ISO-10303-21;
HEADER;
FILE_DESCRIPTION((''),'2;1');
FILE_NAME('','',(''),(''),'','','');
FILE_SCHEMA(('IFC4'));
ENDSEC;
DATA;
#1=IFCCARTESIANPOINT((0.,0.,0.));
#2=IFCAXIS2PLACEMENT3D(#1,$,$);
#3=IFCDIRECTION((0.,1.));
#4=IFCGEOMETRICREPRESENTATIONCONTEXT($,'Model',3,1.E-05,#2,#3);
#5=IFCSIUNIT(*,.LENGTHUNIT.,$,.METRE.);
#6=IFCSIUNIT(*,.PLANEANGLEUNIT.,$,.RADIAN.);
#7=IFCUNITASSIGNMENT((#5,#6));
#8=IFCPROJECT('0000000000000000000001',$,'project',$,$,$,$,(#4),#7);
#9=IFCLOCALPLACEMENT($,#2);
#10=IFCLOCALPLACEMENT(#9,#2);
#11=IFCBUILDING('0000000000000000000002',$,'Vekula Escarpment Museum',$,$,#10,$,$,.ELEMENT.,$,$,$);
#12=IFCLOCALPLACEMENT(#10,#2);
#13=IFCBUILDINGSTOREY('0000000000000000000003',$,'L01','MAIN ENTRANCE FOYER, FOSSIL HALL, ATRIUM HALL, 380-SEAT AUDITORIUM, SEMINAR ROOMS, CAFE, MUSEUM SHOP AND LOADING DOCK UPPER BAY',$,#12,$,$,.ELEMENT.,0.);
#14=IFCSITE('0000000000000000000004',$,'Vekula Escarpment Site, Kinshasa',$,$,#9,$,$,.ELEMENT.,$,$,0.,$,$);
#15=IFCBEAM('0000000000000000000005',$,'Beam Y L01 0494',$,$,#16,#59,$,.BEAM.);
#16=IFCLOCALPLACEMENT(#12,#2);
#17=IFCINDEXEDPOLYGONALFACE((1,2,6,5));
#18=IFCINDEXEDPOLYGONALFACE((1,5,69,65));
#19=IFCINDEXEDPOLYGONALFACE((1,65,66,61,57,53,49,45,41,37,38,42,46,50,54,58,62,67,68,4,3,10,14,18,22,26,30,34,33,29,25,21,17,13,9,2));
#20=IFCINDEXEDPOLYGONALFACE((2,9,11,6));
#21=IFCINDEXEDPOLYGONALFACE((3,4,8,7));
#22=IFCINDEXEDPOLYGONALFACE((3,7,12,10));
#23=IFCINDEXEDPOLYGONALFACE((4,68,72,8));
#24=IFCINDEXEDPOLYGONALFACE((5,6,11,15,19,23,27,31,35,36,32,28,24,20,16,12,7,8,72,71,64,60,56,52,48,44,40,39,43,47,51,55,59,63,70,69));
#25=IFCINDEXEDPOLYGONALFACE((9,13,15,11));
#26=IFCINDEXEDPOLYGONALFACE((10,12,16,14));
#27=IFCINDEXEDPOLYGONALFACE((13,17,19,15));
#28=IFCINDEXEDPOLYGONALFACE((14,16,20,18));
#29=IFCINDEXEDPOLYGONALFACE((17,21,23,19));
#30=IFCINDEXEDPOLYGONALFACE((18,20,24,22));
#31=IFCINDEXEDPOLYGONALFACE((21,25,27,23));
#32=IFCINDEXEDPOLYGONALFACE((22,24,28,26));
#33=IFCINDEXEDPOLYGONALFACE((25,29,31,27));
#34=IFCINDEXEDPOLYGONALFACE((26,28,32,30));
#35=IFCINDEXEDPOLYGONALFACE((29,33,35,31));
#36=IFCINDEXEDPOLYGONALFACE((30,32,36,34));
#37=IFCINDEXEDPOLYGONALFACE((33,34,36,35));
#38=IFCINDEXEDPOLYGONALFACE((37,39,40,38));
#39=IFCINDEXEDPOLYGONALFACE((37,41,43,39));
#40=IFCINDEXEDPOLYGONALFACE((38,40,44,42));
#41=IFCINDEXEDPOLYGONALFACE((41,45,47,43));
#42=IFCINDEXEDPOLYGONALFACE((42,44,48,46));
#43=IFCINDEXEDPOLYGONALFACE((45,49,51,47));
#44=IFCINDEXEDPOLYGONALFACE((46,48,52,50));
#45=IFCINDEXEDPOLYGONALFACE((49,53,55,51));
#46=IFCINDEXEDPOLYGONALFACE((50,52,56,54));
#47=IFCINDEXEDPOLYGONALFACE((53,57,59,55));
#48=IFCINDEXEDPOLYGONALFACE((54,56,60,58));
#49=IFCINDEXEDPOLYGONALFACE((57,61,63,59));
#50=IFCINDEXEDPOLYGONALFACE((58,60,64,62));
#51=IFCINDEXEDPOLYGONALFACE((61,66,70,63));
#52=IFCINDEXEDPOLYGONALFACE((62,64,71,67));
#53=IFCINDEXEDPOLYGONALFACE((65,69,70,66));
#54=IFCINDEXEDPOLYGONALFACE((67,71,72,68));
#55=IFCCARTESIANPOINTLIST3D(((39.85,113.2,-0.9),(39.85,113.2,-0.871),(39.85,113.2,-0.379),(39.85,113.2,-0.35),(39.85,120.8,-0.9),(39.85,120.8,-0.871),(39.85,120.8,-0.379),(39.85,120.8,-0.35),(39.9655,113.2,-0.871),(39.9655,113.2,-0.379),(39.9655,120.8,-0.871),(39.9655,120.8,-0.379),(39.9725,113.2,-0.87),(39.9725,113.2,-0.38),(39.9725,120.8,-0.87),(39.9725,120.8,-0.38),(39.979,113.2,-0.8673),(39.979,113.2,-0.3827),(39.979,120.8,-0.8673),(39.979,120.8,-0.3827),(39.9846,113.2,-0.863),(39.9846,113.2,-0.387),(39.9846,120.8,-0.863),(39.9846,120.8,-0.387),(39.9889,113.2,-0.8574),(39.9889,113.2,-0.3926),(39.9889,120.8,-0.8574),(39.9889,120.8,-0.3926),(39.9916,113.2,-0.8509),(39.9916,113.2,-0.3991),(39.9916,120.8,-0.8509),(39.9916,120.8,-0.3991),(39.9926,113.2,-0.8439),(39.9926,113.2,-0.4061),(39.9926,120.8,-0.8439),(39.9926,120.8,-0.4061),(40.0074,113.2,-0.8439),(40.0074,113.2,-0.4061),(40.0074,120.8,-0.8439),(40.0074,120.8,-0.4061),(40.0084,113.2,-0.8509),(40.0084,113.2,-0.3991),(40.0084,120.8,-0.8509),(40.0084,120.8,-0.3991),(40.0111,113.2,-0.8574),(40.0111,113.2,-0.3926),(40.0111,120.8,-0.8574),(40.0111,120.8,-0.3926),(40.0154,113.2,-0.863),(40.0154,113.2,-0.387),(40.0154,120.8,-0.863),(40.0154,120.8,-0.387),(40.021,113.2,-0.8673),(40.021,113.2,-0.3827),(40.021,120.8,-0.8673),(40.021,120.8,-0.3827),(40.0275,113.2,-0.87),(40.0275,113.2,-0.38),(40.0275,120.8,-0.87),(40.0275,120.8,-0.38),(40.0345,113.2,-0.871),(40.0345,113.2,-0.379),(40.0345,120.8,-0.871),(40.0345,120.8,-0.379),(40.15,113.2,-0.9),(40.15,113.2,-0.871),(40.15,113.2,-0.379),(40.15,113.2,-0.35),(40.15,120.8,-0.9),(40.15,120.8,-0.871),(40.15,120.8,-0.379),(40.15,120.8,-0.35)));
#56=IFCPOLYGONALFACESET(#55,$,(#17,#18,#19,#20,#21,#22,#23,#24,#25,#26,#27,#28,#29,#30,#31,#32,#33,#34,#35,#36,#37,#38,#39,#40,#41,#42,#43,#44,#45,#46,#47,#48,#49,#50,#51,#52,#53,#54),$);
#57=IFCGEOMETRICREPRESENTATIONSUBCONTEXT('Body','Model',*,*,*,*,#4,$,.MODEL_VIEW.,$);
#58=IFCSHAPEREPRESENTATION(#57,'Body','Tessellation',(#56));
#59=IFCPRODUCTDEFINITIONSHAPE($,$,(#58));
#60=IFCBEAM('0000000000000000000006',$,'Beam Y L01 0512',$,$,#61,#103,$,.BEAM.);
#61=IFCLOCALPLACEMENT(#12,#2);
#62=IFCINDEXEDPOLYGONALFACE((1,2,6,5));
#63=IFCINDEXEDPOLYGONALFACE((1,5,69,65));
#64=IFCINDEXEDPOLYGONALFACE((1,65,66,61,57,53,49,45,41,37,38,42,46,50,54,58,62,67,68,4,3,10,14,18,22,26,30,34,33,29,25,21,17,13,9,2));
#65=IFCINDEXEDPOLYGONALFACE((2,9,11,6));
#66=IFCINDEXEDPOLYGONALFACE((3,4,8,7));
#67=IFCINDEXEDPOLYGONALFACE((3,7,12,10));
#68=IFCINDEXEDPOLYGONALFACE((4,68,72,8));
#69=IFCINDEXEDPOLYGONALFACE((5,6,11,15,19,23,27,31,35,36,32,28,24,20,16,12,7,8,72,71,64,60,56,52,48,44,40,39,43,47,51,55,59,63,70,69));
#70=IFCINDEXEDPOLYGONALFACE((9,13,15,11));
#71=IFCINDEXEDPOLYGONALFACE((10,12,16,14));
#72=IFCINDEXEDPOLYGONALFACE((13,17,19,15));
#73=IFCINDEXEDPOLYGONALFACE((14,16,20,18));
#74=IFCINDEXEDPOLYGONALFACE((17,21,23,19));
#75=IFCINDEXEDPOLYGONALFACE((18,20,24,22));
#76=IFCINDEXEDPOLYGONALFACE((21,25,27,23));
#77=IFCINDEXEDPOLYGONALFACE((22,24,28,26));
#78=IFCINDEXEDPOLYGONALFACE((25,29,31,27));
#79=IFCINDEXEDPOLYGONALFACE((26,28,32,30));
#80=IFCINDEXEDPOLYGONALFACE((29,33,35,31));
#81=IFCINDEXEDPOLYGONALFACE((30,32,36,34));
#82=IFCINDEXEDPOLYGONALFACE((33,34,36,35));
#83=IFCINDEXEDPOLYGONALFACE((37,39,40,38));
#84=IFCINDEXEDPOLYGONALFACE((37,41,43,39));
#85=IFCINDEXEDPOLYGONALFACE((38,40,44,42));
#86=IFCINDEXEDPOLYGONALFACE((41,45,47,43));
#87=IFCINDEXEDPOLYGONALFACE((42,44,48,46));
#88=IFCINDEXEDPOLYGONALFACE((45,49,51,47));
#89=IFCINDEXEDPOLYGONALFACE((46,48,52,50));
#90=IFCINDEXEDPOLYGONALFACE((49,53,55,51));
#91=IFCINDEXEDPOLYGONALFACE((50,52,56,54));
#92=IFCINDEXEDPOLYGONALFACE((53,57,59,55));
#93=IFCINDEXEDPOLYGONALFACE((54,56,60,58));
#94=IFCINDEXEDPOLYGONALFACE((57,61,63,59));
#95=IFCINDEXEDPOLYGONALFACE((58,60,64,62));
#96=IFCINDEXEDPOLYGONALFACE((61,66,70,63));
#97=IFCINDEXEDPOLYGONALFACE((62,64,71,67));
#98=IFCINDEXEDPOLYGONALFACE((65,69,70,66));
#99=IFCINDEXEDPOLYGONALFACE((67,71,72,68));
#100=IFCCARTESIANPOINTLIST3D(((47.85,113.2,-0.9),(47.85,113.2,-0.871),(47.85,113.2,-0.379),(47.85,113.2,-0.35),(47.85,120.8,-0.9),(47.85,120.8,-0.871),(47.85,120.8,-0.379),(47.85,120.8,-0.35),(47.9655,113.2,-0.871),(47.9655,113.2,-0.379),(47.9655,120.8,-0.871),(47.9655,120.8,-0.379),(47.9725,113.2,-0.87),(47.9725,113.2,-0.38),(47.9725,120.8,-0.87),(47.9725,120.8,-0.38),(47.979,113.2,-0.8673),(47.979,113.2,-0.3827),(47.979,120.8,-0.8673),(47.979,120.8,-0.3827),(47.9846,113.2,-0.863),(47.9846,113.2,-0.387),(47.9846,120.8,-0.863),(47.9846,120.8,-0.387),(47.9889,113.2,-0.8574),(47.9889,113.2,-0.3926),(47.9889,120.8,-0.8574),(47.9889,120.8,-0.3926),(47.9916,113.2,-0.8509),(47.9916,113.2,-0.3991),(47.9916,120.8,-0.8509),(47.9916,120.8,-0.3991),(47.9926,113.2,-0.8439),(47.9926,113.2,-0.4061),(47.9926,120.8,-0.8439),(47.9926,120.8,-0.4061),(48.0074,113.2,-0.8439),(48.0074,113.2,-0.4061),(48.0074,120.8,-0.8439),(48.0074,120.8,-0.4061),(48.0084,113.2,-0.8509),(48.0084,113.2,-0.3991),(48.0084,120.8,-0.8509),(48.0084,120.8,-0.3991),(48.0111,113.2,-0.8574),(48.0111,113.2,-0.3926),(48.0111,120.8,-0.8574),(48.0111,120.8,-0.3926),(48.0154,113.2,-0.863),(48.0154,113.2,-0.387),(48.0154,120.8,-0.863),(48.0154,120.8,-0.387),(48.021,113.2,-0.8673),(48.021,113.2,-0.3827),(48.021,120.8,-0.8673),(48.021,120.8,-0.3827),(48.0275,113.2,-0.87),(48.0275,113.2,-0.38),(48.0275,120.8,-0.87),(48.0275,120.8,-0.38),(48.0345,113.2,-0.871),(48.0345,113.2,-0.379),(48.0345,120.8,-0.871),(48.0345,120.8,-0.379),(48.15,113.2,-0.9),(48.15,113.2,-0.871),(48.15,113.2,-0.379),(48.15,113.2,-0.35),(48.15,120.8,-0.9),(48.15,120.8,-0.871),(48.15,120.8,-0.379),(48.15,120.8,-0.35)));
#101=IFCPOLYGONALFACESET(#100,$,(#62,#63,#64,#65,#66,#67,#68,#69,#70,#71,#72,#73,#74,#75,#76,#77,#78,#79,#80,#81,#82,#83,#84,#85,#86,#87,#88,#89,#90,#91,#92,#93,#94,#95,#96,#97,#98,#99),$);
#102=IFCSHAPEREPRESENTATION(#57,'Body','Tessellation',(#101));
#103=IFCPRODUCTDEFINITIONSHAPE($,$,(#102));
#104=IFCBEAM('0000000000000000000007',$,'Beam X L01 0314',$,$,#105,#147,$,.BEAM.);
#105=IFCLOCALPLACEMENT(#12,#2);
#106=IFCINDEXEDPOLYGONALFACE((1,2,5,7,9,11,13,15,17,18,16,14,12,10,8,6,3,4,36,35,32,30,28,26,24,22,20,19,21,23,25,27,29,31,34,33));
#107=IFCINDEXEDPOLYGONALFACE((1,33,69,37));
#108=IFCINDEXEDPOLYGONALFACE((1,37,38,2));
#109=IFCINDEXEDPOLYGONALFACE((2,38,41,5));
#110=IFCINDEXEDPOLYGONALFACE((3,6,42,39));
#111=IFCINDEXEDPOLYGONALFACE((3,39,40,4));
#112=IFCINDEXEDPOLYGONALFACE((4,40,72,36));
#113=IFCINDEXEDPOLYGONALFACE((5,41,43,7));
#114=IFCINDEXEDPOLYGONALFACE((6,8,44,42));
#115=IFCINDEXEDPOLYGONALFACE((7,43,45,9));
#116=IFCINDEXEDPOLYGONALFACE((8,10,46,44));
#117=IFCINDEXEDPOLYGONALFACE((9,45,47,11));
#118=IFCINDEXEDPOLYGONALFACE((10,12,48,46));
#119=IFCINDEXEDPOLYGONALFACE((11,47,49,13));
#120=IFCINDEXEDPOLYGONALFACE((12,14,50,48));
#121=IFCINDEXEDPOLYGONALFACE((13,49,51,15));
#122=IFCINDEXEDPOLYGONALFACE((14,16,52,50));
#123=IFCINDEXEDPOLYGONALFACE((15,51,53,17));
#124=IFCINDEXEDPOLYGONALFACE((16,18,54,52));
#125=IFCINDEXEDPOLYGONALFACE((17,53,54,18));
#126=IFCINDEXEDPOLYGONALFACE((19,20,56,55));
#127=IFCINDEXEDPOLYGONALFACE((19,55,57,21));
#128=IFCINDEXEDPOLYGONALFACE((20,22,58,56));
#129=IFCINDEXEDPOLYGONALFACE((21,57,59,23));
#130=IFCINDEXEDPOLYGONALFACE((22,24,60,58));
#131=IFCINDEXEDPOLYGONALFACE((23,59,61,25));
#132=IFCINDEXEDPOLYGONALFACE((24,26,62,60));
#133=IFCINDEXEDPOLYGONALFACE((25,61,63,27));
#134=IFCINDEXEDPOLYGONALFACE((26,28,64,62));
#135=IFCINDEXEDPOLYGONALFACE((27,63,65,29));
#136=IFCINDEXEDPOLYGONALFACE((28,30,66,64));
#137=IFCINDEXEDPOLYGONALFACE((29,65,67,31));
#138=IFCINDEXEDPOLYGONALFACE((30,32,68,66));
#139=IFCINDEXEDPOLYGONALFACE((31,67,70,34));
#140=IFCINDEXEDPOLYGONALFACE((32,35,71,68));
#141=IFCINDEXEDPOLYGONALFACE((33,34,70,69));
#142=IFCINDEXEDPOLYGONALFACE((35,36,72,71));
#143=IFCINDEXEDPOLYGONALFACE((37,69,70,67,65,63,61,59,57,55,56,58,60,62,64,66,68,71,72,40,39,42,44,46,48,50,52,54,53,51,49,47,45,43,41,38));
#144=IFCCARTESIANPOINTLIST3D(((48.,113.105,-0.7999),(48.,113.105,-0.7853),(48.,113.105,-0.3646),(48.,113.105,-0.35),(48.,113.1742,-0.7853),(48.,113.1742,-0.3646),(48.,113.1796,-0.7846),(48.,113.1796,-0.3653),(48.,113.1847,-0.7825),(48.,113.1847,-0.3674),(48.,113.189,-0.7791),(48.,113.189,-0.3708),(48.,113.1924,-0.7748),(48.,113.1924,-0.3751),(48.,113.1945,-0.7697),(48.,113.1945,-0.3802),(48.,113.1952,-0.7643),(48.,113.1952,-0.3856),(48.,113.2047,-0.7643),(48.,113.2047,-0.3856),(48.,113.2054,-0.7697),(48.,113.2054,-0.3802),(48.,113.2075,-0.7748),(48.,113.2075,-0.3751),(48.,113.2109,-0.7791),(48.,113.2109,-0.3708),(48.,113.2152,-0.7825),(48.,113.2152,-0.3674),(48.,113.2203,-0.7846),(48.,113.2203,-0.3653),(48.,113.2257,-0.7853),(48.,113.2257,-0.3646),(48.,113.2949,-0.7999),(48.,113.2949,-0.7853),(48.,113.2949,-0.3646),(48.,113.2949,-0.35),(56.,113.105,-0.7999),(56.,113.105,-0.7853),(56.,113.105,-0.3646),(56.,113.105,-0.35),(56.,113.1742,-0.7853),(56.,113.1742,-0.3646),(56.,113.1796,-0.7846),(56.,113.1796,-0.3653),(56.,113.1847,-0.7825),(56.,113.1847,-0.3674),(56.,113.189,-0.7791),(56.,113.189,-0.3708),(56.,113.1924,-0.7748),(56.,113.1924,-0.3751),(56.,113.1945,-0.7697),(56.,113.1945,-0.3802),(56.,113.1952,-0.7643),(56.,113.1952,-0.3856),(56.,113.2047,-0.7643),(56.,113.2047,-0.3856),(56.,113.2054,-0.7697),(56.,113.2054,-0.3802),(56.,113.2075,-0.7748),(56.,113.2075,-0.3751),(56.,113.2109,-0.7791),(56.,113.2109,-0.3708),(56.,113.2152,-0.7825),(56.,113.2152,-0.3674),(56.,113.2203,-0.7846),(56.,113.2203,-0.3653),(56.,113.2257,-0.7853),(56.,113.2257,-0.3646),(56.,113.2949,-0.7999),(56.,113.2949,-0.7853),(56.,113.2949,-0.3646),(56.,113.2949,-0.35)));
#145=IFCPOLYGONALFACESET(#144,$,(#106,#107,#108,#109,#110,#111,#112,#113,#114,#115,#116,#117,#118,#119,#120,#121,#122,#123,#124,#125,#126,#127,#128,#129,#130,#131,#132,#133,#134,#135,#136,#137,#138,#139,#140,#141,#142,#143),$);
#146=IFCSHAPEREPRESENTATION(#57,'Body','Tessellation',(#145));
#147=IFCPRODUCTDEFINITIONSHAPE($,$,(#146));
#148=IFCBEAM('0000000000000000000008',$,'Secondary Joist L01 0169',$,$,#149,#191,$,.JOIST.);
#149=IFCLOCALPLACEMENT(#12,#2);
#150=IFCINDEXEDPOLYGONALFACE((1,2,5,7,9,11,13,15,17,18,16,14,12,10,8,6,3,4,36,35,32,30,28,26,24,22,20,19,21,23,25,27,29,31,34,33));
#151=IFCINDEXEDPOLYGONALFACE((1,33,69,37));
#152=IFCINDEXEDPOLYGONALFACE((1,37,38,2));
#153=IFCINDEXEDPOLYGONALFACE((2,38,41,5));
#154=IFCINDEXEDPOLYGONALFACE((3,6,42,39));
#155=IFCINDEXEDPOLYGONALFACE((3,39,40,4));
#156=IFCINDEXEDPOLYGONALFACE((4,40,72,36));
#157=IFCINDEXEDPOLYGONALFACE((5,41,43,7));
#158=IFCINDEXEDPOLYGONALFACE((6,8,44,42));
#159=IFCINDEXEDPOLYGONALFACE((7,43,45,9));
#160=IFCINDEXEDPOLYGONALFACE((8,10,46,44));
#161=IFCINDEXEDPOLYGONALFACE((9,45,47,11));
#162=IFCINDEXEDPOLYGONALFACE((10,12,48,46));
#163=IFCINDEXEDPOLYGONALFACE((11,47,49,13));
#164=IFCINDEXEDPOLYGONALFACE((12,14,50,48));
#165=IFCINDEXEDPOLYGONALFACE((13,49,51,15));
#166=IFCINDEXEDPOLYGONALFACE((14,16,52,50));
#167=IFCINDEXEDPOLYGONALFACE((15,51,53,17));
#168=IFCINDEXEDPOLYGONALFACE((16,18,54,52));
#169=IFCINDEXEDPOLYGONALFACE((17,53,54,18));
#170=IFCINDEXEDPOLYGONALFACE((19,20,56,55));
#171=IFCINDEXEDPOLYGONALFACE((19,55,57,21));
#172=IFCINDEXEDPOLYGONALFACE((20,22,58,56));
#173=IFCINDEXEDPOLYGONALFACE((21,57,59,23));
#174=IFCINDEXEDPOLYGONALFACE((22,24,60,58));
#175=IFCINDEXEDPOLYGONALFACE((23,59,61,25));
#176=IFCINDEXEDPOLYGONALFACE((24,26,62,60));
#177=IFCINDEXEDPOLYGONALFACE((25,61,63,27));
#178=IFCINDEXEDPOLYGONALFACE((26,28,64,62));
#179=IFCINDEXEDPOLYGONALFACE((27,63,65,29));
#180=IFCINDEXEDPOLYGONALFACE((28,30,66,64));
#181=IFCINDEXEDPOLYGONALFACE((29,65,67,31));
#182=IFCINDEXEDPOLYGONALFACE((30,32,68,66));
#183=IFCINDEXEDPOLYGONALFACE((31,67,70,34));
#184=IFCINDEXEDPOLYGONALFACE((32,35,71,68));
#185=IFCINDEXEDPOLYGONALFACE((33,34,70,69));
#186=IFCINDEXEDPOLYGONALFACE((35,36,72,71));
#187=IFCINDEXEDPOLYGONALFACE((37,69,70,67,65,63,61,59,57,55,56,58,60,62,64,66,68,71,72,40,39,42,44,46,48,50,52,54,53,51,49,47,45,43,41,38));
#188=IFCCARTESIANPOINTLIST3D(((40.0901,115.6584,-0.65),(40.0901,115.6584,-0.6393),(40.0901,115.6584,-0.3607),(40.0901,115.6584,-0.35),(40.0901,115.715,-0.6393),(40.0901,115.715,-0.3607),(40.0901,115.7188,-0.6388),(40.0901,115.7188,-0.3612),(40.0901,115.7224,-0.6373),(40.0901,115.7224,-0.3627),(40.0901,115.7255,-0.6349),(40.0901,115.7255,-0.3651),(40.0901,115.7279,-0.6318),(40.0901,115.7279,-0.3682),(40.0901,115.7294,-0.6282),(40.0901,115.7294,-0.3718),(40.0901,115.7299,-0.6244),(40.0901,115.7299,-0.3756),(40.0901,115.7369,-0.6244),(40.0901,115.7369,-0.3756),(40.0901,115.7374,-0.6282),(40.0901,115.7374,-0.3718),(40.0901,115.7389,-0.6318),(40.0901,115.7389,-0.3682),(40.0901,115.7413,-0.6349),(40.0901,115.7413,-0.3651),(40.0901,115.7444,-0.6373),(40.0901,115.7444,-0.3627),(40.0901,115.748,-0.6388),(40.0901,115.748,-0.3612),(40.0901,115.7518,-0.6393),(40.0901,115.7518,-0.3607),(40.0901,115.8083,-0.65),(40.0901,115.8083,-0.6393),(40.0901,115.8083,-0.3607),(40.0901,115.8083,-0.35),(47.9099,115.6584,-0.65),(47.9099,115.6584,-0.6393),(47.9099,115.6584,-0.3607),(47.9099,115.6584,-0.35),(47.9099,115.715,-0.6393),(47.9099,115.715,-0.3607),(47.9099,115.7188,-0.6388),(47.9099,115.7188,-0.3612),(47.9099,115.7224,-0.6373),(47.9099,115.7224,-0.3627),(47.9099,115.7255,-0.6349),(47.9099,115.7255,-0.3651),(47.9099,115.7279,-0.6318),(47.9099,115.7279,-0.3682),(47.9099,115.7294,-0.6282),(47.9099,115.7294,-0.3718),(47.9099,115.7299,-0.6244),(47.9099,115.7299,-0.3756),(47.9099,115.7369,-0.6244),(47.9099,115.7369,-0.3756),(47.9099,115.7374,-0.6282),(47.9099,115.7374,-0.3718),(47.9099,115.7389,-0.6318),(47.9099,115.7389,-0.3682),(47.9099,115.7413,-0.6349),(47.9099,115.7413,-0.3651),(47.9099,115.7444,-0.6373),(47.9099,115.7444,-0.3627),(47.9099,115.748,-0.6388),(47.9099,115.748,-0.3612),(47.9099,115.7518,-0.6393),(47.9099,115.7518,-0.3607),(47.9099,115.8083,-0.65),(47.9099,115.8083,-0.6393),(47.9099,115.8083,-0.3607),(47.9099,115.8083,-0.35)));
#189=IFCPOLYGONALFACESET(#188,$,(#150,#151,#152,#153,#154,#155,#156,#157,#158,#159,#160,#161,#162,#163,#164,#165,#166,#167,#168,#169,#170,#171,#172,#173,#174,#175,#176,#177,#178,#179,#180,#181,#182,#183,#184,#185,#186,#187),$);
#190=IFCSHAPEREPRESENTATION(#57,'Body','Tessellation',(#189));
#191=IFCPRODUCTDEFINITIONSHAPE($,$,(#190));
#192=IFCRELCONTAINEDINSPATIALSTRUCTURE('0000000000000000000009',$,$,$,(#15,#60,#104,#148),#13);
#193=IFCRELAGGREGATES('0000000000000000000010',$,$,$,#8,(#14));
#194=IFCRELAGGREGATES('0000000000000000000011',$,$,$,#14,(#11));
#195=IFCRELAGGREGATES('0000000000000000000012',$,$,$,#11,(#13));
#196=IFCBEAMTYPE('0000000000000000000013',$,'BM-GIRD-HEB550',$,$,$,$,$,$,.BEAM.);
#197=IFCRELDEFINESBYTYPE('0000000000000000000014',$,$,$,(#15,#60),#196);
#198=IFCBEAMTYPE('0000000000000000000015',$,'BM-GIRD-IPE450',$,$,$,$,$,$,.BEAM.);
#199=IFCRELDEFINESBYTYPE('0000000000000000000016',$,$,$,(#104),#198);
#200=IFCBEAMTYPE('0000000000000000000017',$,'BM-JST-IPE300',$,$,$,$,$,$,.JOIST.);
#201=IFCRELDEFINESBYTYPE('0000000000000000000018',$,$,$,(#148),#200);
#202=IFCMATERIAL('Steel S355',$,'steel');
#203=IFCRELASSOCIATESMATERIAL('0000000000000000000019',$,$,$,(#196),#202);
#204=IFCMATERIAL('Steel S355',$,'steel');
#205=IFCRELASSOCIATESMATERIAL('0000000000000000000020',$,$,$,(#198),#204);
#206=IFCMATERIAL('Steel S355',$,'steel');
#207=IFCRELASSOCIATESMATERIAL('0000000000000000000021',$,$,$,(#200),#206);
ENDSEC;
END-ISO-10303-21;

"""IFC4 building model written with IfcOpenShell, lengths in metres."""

from ifc_helpers import new_model, si_unit, direction, frame, origin, origin_2d, place, context, subcontext, project, spatial, i_section, extrude, material, material_profile, profile_set, type_object, element, save


model = new_model("IFC4")

# Units and contexts
model_context = context("Model", 3, precision=1e-05, world=origin(), true_north=direction((0.0, 1.0)))
body_context = subcontext(model_context, "Body", "Model", "MODEL_VIEW")
ifc_project = project(units=[si_unit("LENGTHUNIT", "METRE"), si_unit("PLANEANGLEUNIT", "RADIAN")], contexts=[model_context])

# Site, building, storey
site_placement = place(None, origin())
site = spatial("IfcSite", under=ifc_project, at=site_placement, Name="Vekula Escarpment Site, Kinshasa", CompositionType="ELEMENT", RefElevation=0.0)
building_placement = place(site_placement, origin())
building = spatial("IfcBuilding", under=site, at=building_placement, Name="Vekula Escarpment Museum", CompositionType="ELEMENT")
storey_placement = place(building_placement, origin())
storey = spatial("IfcBuildingStorey", under=building, at=storey_placement, Name="L01", Description="MAIN ENTRANCE FOYER, FOSSIL HALL, ATRIUM HALL, 380-SEAT AUDITORIUM, SEMINAR ROOMS, CAFE, MUSEUM SHOP AND LOADING DOCK UPPER BAY", CompositionType="ELEMENT", Elevation=0.0)

# Beams
ifc_material_1 = material(Name="Steel S355", Category="steel")
ifc_material_profile_1 = material_profile(ifc_material_1, i_section(OverallWidth=0.3, OverallDepth=0.55, WebThickness=0.0149, FlangeThickness=0.0291, FilletRadius=0.0271, at=origin_2d()), Name="HEB 550")
ifc_profile_set_1 = profile_set([ifc_material_profile_1], Name="Steel S355")
beam_type_1 = type_object("IfcBeamType", Name="BM-GIRD-HEB550", PredefinedType="BEAM", material=ifc_profile_set_1)
for number, where, z_axis, x_axis, name in (
    (1, (40.0, 113.2, -0.625), (0.0, 1.0, 0.0), (-1.0, 0.0, 0.0), "Beam Y L01 0494"),
    (2, (48.0, 113.2, -0.625), (0.0, 1.0, 0.0), (-1.0, 0.0, 0.0), "Beam Y L01 0512"),
):
    element("IfcBeam", number, at=place(storey_placement, frame(where, z_axis=z_axis, x_axis=x_axis)), inside=storey, type_object=beam_type_1, Name=name, PredefinedType="BEAM", context=body_context, shape_type="SweptSolid", body=[
        extrude(i_section(OverallWidth=0.3, OverallDepth=0.55, WebThickness=0.0149, FlangeThickness=0.0291, FilletRadius=0.0271, at=origin_2d()), origin(), (0.0, 0.0, 1.0), 7.6001),
    ])
ifc_material_2 = material(Name="Steel S355", Category="steel")
ifc_material_profile_2 = material_profile(ifc_material_2, i_section(OverallWidth=0.1899, OverallDepth=0.45, WebThickness=0.0095, FlangeThickness=0.0146, FilletRadius=0.021, at=origin_2d()), Name="IPE 450")
ifc_profile_set_2 = profile_set([ifc_material_profile_2], Name="Steel S355")
beam_type_2 = type_object("IfcBeamType", Name="BM-GIRD-IPE450", PredefinedType="BEAM", material=ifc_profile_set_2)
beam_1_placement = place(storey_placement, frame((48.0, 113.2, -0.575), z_axis=(1.0, 0.0, 0.0), x_axis=(0.0, 1.0, 0.0)))
element("IfcBeam", 3, at=beam_1_placement, inside=storey, type_object=beam_type_2, Name="Beam X L01 0314", PredefinedType="BEAM", context=body_context, shape_type="SweptSolid", body=[
    extrude(i_section(OverallWidth=0.1899, OverallDepth=0.45, WebThickness=0.0095, FlangeThickness=0.0146, FilletRadius=0.021, at=origin_2d()), origin(), (0.0, 0.0, 1.0), 8.0),
])
ifc_material_3 = material(Name="Steel S355", Category="steel")
ifc_material_profile_3 = material_profile(ifc_material_3, i_section(OverallWidth=0.1499, OverallDepth=0.3, WebThickness=0.0071, FlangeThickness=0.0107, FilletRadius=0.0149, at=origin_2d()), Name="IPE 300")
ifc_profile_set_3 = profile_set([ifc_material_profile_3], Name="Steel S355")
beam_type_3 = type_object("IfcBeamType", Name="BM-JST-IPE300", PredefinedType="JOIST", material=ifc_profile_set_3)
beam_2_placement = place(storey_placement, frame((40.0901, 115.7334, -0.5), z_axis=(1.0, 0.0, 0.0), x_axis=(0.0, 1.0, 0.0)))
element("IfcBeam", 4, at=beam_2_placement, inside=storey, type_object=beam_type_3, Name="Secondary Joist L01 0169", PredefinedType="JOIST", context=body_context, shape_type="SweptSolid", body=[
    extrude(i_section(OverallWidth=0.1499, OverallDepth=0.3, WebThickness=0.0071, FlangeThickness=0.0107, FilletRadius=0.0149, at=origin_2d()), origin(), (0.0, 0.0, 1.0), 7.8198),
])

save(model, "model.ifc")
